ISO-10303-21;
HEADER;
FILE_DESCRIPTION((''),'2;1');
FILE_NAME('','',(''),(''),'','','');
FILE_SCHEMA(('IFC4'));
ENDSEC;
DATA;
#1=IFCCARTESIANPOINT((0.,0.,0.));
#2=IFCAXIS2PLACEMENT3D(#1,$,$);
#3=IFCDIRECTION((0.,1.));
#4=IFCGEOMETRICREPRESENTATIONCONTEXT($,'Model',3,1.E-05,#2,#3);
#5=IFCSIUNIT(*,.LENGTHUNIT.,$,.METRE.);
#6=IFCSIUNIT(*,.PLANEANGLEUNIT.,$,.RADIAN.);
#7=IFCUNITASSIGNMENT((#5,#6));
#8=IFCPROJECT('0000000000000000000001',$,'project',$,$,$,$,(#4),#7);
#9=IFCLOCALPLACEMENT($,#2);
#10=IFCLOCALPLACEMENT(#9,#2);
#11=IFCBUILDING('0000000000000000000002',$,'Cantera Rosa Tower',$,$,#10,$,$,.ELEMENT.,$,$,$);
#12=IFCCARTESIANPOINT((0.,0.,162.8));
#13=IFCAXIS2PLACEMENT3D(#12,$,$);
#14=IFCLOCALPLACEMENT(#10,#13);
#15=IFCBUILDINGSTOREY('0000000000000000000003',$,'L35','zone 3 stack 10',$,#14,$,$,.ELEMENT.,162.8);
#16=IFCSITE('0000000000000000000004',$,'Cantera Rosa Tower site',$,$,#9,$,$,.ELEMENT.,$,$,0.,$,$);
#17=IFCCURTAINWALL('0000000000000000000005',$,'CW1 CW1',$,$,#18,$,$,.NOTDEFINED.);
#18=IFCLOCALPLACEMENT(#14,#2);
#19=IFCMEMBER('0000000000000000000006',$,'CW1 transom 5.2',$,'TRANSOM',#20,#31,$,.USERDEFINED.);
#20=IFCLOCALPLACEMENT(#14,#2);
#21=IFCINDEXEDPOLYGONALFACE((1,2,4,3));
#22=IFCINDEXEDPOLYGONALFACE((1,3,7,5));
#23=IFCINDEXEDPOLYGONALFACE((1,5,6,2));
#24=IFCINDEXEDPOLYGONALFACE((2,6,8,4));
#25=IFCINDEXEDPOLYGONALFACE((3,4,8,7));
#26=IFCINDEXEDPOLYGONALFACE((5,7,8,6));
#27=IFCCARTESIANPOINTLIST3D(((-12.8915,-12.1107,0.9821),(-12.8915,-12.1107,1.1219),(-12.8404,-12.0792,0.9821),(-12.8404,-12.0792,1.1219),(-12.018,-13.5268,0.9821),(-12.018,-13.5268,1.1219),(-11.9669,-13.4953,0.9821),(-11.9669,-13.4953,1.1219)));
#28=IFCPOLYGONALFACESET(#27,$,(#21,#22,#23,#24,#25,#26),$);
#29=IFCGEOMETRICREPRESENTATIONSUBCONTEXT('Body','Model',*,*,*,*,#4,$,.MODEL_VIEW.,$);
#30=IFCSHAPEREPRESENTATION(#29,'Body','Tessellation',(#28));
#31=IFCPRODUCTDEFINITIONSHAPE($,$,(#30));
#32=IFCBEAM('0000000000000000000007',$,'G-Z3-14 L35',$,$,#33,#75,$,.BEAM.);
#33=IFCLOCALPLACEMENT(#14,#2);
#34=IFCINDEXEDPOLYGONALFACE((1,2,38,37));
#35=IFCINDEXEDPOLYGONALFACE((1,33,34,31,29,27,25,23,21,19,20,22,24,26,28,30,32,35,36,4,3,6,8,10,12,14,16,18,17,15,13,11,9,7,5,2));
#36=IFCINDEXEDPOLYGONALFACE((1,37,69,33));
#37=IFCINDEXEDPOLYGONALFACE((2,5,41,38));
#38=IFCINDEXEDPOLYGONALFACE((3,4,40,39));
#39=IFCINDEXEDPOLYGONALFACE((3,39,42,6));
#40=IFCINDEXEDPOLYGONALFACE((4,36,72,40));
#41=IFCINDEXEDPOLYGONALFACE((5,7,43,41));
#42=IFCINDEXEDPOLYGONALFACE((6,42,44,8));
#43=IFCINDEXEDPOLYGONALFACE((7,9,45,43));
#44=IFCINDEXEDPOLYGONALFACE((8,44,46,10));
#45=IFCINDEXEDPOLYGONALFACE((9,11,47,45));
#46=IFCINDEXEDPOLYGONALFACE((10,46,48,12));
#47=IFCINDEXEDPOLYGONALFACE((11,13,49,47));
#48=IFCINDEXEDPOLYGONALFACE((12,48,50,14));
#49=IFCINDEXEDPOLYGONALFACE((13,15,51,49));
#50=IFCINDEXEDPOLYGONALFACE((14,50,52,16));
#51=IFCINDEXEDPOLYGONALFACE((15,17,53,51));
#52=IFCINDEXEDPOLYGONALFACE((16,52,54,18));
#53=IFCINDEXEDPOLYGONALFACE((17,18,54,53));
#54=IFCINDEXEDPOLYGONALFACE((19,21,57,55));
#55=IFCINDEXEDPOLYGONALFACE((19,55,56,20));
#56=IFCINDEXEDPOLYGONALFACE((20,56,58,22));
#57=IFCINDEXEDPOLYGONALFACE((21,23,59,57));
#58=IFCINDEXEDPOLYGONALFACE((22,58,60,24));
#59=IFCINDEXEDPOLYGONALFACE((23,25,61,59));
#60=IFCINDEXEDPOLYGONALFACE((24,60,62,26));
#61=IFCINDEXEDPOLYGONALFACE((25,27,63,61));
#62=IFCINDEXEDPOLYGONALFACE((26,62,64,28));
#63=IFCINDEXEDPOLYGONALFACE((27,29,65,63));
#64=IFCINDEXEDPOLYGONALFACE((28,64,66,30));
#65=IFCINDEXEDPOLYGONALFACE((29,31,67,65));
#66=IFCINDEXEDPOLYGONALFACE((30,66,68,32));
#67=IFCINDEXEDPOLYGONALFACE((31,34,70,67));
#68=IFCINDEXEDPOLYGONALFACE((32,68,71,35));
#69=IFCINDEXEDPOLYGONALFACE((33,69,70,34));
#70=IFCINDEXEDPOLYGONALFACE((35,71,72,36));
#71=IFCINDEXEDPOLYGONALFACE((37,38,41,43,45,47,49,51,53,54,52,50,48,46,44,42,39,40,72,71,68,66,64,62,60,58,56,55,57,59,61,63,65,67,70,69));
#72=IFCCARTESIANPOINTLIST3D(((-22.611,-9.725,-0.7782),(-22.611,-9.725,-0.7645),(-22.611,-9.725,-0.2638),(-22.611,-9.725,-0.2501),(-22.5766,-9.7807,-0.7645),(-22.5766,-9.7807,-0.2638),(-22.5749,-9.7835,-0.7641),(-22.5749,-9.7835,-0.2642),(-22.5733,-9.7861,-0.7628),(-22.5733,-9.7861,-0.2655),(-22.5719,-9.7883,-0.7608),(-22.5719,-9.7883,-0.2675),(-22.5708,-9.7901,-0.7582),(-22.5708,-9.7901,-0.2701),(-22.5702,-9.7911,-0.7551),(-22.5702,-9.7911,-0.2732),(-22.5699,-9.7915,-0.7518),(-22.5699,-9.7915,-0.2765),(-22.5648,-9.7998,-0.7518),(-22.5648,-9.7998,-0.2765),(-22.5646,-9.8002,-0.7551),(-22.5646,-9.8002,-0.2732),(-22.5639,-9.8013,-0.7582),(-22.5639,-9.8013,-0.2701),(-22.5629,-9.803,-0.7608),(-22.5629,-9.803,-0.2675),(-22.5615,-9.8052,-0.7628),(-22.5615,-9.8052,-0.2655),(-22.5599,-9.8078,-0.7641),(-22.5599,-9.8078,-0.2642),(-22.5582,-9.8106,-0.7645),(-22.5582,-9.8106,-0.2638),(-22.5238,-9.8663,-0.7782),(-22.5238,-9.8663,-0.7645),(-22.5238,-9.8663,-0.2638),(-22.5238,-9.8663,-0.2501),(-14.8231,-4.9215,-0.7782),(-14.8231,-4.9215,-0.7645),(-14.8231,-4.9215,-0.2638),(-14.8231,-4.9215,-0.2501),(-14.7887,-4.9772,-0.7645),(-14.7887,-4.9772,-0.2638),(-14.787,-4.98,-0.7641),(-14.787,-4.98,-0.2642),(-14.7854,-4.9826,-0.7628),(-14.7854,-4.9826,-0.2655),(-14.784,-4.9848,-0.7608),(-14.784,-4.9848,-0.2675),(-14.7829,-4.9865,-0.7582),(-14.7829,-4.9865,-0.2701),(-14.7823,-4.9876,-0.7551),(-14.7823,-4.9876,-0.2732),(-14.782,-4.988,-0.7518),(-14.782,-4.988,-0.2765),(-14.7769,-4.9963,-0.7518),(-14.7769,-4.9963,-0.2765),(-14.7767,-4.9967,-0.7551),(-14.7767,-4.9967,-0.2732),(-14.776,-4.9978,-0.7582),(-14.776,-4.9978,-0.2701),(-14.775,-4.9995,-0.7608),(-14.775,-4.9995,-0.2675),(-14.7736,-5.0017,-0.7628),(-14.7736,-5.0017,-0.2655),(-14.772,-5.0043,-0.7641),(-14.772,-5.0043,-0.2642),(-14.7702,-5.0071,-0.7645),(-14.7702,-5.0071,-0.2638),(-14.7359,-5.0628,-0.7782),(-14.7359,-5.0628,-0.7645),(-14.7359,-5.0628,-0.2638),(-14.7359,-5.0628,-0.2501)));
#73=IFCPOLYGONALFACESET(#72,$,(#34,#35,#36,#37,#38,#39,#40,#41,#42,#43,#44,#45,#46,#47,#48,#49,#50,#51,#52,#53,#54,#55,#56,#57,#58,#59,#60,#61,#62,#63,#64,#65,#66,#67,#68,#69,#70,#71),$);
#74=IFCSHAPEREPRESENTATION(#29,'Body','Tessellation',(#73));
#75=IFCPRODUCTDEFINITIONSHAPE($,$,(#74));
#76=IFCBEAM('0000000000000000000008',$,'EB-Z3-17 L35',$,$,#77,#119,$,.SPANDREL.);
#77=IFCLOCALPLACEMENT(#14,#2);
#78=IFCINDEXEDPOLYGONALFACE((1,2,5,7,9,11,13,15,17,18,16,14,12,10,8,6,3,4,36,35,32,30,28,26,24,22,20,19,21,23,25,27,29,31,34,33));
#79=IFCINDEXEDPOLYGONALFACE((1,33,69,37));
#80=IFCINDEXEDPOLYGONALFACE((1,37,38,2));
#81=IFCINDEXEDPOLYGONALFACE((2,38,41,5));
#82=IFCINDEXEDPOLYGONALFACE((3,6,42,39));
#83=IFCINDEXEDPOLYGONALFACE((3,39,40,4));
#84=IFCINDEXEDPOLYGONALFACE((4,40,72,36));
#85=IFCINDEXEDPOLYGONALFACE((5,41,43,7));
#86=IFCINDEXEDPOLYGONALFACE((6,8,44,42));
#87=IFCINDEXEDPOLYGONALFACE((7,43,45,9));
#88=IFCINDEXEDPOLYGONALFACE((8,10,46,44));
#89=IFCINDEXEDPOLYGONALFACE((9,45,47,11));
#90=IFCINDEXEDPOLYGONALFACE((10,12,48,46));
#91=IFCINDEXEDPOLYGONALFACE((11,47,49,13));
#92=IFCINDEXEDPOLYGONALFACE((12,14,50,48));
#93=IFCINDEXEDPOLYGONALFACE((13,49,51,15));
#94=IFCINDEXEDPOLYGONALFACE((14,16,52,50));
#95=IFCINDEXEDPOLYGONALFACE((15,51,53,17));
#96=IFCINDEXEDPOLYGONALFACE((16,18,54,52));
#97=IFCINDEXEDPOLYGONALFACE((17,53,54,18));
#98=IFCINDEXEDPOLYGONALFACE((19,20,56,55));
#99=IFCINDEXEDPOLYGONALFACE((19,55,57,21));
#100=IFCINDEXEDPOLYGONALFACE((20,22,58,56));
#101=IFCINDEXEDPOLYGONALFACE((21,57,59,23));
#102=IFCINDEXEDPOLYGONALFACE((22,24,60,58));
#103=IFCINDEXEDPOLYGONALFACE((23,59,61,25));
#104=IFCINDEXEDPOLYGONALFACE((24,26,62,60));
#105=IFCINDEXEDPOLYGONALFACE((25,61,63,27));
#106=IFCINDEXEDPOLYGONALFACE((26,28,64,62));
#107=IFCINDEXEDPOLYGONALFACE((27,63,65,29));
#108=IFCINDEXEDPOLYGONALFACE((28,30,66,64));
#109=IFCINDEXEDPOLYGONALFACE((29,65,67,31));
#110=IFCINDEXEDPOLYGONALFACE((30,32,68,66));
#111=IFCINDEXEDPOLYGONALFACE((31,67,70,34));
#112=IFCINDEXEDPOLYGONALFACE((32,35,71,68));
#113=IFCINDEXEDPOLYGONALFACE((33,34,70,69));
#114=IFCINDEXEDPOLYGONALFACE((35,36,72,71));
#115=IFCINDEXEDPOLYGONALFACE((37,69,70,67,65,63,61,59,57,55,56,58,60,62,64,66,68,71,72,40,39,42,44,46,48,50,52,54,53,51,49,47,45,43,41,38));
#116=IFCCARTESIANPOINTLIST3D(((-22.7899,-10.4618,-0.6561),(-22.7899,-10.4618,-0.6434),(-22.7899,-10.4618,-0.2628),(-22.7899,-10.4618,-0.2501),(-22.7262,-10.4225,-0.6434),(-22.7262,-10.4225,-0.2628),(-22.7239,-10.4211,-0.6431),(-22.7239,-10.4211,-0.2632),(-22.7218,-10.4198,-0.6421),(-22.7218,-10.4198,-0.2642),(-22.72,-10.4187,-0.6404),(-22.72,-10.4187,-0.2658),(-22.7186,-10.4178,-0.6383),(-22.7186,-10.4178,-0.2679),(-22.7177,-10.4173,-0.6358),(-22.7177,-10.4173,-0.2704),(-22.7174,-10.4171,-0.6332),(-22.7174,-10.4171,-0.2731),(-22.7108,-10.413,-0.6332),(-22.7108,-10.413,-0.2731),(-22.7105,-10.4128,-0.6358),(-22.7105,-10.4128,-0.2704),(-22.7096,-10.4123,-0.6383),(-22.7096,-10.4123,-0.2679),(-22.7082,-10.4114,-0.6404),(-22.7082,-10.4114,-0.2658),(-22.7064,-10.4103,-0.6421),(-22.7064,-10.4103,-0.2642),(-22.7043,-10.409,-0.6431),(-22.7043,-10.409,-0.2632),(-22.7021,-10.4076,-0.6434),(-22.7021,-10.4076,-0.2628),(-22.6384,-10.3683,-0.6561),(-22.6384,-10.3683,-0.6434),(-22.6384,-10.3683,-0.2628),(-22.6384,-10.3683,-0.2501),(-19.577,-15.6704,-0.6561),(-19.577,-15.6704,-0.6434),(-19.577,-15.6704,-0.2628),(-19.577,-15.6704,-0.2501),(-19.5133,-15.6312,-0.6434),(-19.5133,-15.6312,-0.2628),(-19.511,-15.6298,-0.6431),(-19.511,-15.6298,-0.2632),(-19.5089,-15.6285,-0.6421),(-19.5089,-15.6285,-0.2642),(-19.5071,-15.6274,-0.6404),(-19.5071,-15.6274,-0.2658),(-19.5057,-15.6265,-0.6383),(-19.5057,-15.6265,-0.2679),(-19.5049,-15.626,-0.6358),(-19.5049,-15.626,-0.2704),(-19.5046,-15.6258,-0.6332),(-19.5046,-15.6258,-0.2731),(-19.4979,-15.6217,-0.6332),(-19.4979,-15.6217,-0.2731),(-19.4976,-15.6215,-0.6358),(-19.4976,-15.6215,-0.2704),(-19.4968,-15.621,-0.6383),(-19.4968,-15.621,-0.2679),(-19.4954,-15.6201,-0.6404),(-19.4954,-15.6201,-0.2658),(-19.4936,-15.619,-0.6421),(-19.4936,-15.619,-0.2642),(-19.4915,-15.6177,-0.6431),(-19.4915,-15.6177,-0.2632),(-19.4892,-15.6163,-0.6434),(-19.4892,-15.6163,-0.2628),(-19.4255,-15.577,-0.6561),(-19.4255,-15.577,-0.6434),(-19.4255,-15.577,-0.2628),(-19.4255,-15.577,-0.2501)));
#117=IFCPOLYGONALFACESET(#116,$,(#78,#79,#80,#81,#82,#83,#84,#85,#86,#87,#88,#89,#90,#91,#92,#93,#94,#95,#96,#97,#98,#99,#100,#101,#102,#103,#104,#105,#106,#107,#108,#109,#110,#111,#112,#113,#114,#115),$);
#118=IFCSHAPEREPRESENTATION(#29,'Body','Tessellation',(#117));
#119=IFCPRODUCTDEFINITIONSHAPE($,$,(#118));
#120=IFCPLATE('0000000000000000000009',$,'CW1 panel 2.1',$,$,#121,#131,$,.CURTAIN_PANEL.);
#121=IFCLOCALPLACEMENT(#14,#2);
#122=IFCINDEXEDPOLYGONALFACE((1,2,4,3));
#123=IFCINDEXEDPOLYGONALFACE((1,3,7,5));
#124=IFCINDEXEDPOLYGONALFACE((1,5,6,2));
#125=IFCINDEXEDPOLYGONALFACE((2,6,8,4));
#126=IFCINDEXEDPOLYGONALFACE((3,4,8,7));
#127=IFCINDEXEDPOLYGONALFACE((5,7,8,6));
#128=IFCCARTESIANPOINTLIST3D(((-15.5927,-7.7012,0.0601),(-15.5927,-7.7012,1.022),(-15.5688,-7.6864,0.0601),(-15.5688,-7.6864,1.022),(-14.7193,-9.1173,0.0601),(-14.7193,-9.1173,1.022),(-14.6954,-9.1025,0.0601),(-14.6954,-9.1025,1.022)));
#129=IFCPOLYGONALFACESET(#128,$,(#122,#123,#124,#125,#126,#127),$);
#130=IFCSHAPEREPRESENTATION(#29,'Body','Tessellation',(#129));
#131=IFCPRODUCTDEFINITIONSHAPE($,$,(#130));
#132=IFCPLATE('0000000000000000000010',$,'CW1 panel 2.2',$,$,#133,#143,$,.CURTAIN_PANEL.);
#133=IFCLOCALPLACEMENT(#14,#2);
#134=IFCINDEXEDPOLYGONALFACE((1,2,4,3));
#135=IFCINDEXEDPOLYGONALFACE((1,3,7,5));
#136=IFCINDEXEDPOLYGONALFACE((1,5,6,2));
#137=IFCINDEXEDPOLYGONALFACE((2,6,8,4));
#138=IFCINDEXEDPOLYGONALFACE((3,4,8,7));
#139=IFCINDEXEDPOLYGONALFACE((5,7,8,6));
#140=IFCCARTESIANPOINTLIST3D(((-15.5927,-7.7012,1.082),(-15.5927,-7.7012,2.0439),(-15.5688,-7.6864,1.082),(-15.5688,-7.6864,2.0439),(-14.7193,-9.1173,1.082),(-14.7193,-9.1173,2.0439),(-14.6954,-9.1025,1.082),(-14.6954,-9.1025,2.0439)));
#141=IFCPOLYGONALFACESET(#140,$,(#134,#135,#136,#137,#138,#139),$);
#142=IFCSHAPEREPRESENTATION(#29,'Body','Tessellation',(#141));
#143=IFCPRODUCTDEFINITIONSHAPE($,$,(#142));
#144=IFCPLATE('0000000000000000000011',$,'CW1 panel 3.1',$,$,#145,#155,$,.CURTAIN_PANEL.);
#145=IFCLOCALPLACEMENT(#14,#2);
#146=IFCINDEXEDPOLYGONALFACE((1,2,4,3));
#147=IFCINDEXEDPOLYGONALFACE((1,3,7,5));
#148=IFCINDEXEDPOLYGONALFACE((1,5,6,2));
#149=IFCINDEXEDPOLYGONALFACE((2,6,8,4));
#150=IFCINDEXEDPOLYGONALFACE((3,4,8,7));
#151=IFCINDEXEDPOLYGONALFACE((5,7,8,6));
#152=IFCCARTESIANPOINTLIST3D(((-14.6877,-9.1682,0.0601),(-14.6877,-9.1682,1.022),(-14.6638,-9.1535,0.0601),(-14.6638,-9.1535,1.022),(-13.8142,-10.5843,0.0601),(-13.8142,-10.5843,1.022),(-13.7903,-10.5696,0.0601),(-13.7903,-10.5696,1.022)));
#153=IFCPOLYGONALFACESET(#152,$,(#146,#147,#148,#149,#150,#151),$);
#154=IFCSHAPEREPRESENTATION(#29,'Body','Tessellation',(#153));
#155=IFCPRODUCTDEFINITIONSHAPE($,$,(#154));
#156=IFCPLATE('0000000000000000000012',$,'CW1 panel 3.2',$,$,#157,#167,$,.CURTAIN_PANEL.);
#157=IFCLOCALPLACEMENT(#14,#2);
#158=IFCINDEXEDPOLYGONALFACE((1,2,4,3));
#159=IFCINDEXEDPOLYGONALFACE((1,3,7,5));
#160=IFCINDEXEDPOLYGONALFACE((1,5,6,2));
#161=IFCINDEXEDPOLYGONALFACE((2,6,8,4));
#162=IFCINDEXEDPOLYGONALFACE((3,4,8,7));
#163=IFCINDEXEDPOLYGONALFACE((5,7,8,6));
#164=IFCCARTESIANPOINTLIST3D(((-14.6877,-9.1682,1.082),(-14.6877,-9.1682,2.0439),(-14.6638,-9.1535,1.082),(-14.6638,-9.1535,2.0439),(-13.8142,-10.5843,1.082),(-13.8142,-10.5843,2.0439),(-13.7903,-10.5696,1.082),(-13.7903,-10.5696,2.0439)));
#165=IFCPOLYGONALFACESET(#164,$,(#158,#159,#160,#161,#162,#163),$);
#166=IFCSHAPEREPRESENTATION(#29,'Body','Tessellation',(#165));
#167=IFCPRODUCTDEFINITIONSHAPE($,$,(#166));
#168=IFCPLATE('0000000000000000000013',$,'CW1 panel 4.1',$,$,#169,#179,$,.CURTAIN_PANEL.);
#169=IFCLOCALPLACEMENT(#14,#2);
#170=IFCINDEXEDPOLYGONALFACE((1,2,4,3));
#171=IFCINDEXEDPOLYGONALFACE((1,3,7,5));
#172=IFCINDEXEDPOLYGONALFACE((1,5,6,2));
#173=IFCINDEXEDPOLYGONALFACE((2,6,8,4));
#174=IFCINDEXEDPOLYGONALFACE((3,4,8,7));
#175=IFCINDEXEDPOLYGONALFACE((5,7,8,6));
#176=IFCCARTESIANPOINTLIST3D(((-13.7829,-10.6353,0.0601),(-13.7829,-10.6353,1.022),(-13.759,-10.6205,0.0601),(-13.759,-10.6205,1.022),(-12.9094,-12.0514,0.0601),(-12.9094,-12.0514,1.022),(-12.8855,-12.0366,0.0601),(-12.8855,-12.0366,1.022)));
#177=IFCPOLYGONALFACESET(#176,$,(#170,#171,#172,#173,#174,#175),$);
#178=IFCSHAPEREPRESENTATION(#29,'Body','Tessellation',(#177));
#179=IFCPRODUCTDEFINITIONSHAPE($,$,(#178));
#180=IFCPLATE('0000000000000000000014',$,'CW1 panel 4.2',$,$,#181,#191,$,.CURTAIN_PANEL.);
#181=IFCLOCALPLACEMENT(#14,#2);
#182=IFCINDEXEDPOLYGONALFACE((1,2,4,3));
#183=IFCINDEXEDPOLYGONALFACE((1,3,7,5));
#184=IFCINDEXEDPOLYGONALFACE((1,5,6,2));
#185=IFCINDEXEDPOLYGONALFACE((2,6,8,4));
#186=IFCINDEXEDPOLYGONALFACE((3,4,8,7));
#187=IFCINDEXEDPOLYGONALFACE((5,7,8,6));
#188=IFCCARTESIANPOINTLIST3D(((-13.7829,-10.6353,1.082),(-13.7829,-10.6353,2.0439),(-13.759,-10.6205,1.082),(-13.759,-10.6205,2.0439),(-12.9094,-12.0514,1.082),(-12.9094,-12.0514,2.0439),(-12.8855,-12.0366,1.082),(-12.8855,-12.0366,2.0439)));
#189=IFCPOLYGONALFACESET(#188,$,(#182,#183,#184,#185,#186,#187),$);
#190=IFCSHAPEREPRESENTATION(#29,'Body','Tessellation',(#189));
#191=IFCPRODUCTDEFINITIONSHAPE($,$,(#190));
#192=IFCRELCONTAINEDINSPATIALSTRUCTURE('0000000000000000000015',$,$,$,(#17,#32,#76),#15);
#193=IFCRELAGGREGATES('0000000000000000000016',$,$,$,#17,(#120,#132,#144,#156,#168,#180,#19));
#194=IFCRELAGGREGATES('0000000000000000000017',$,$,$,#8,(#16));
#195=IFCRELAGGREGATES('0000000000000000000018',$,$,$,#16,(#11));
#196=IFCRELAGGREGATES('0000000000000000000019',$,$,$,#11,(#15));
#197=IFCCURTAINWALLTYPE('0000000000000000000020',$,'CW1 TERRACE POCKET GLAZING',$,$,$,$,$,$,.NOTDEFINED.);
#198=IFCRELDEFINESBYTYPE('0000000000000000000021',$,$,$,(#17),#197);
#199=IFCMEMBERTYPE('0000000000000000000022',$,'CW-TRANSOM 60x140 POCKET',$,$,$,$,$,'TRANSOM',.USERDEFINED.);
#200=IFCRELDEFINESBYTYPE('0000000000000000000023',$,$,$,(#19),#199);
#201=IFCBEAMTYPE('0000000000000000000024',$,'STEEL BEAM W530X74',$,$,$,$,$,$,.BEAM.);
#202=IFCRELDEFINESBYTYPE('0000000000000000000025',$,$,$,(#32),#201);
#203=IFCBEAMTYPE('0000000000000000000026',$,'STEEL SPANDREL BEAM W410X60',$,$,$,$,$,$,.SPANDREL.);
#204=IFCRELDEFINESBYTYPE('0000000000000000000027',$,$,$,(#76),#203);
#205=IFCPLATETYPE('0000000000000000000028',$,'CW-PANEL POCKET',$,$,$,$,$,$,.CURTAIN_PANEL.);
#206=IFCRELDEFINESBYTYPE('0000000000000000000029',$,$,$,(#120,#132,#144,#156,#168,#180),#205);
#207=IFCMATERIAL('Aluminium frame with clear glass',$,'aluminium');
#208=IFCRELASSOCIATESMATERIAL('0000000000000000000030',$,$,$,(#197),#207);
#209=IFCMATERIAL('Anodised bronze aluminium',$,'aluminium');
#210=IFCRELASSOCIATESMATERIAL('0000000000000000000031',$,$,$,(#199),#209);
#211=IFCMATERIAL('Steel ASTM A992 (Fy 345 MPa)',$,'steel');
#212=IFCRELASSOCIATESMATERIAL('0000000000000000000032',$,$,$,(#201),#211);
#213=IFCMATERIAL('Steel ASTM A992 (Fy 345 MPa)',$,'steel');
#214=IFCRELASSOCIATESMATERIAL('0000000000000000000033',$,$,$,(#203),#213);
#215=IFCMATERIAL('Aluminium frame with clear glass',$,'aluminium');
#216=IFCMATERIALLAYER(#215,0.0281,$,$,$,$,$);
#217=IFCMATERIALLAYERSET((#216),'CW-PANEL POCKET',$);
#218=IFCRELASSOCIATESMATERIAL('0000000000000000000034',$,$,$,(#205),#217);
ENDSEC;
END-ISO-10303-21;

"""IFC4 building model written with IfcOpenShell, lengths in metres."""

from ifc_helpers import new_model, si_unit, direction, frame, origin, origin_2d, place, context, subcontext, project, spatial, rectangle, i_section, extrude, material, layer, layer_set, material_profile, profile_set, type_object, element, aggregate, save


model = new_model("IFC4")

# Units and contexts
model_context = context("Model", 3, precision=1e-05, world=origin(), true_north=direction((0.0, 1.0)))
body_context = subcontext(model_context, "Body", "Model", "MODEL_VIEW")
ifc_project = project(units=[si_unit("LENGTHUNIT", "METRE"), si_unit("PLANEANGLEUNIT", "RADIAN")], contexts=[model_context])

# Site, building, storey
site_placement = place(None, origin())
site = spatial("IfcSite", under=ifc_project, at=site_placement, Name="Cantera Rosa Tower site", CompositionType="ELEMENT", RefElevation=0.0)
building_placement = place(site_placement, origin())
building = spatial("IfcBuilding", under=site, at=building_placement, Name="Cantera Rosa Tower", CompositionType="ELEMENT")
storey_placement = place(building_placement, frame((0.0, 0.0, 162.8)))
storey = spatial("IfcBuildingStorey", under=building, at=storey_placement, Name="L35", Description="zone 3 stack 10", CompositionType="ELEMENT", Elevation=162.8)

# Curtain wall, member
ifc_material_1 = material(Name="Aluminium frame with clear glass", Category="aluminium")
curtain_wall_type = type_object("IfcCurtainWallType", Name="CW1 TERRACE POCKET GLAZING", PredefinedType="NOTDEFINED", material=ifc_material_1)
curtain_wall_placement = place(storey_placement, origin())
curtain_wall = element("IfcCurtainWall", 1, at=curtain_wall_placement, inside=storey, type_object=curtain_wall_type, Name="CW1 CW1", PredefinedType="NOTDEFINED")
ifc_material_2 = material(Name="Anodised bronze aluminium", Category="aluminium")
ifc_material_profile_1 = material_profile(ifc_material_2, rectangle(XDim=0.0601, YDim=0.1399, at=origin_2d()), Name="CW-TRANSOM 60x140 POCKET")
ifc_profile_set_1 = profile_set([ifc_material_profile_1], Name="Anodised bronze aluminium")
member_type_1 = type_object("IfcMemberType", Name="CW-TRANSOM 60x140 POCKET", ElementType="TRANSOM", PredefinedType="USERDEFINED", material=ifc_profile_set_1)
member_1_placement = place(storey_placement, frame((-12.866, -12.095, 1.052), z_axis=(0.52503, -0.851083, 0.0), x_axis=(0.851083, 0.52503, 0.0)))
member_1 = element("IfcMember", 2, at=member_1_placement, type_object=member_type_1, Name="CW1 transom 5.2", ObjectType="TRANSOM", PredefinedType="USERDEFINED", context=body_context, shape_type="SweptSolid", body=[
    extrude(rectangle(XDim=0.0601, YDim=0.1399, at=origin_2d()), origin(), (0.0, 0.0, 1.0), 1.6638),
])

# Beams
ifc_material_3 = material(Name="Steel ASTM A992 (Fy 345 MPa)", Category="steel")
ifc_material_profile_2 = material_profile(ifc_material_3, i_section(OverallWidth=0.166, OverallDepth=0.5281, WebThickness=0.0098, FlangeThickness=0.0137, FilletRadius=0.0127, at=origin_2d()), Name="W530X74")
ifc_profile_set_2 = profile_set([ifc_material_profile_2], Name="Steel ASTM A992 (Fy 345 MPa)")
beam_type_1 = type_object("IfcBeamType", Name="STEEL BEAM W530X74", PredefinedType="BEAM", material=ifc_profile_set_2)
beam_1_placement = place(storey_placement, frame((-22.5674, -9.7957, -0.5142), z_axis=(0.851124, 0.524965, 0.0), x_axis=(-0.524965, 0.851124, 0.0)))
element("IfcBeam", 3, at=beam_1_placement, inside=storey, type_object=beam_type_1, Name="G-Z3-14 L35", PredefinedType="BEAM", context=body_context, shape_type="SweptSolid", body=[
    extrude(i_section(OverallWidth=0.166, OverallDepth=0.5281, WebThickness=0.0098, FlangeThickness=0.0137, FilletRadius=0.0127, at=origin_2d()), origin(), (0.0, 0.0, 1.0), 9.1501),
])
ifc_material_4 = material(Name="Steel ASTM A992 (Fy 345 MPa)", Category="steel")
ifc_material_profile_3 = material_profile(ifc_material_4, i_section(OverallWidth=0.178, OverallDepth=0.406, WebThickness=0.0078, FlangeThickness=0.0127, FilletRadius=0.0103, at=origin_2d()), Name="W410X60")
ifc_profile_set_3 = profile_set([ifc_material_profile_3], Name="Steel ASTM A992 (Fy 345 MPa)")
beam_type_2 = type_object("IfcBeamType", Name="STEEL SPANDREL BEAM W410X60", PredefinedType="SPANDREL", material=ifc_profile_set_3)
beam_2_placement = place(storey_placement, frame((-22.7141, -10.415, -0.4531), z_axis=(0.524987, -0.85111, 0.0), x_axis=(0.85111, 0.524987, 0.0)))
element("IfcBeam", 4, at=beam_2_placement, inside=storey, type_object=beam_type_2, Name="EB-Z3-17 L35", PredefinedType="SPANDREL", context=body_context, shape_type="SweptSolid", body=[
    extrude(i_section(OverallWidth=0.178, OverallDepth=0.406, WebThickness=0.0078, FlangeThickness=0.0127, FilletRadius=0.0103, at=origin_2d()), origin(), (0.0, 0.0, 1.0), 6.1199),
])

# Plates
ifc_material_5 = material(Name="Aluminium frame with clear glass", Category="aluminium")
ifc_layer_1 = layer(ifc_material_5, 0.0281)
ifc_layer_set_1 = layer_set([ifc_layer_1], Name="CW-PANEL POCKET")
plate_type = type_object("IfcPlateType", Name="CW-PANEL POCKET", PredefinedType="CURTAIN_PANEL", material=ifc_layer_set_1)
plate_1_placement = place(storey_placement, frame((-15.144, -8.4019, 0.0601), z_axis=(0.0, 0.0, 1.0), x_axis=(0.524977, -0.851117, 0.0)))
plate_1 = element("IfcPlate", 5, at=plate_1_placement, type_object=plate_type, Name="CW1 panel 2.1", PredefinedType="CURTAIN_PANEL", context=body_context, shape_type="SweptSolid", body=[
    extrude(rectangle(XDim=1.6638, YDim=0.0281, at=origin_2d()), origin(), (0.0, 0.0, 1.0), 0.9619),
])
plate_2_placement = place(storey_placement, frame((-15.144, -8.4019, 1.082), z_axis=(0.0, 0.0, 1.0), x_axis=(0.524977, -0.851117, 0.0)))
plate_2 = element("IfcPlate", 6, at=plate_2_placement, type_object=plate_type, Name="CW1 panel 2.2", PredefinedType="CURTAIN_PANEL", context=body_context, shape_type="SweptSolid", body=[
    extrude(rectangle(XDim=1.6638, YDim=0.0281, at=origin_2d()), origin(), (0.0, 0.0, 1.0), 0.9619),
])
plate_3_placement = place(storey_placement, frame((-14.239, -9.8689, 0.0601), z_axis=(0.0, 0.0, 1.0), x_axis=(0.524977, -0.851117, 0.0)))
plate_3 = element("IfcPlate", 7, at=plate_3_placement, type_object=plate_type, Name="CW1 panel 3.1", PredefinedType="CURTAIN_PANEL", context=body_context, shape_type="SweptSolid", body=[
    extrude(rectangle(XDim=1.6638, YDim=0.0281, at=origin_2d()), origin(), (0.0, 0.0, 1.0), 0.9619),
])
plate_4_placement = place(storey_placement, frame((-14.239, -9.8689, 1.082), z_axis=(0.0, 0.0, 1.0), x_axis=(0.524977, -0.851117, 0.0)))
plate_4 = element("IfcPlate", 8, at=plate_4_placement, type_object=plate_type, Name="CW1 panel 3.2", PredefinedType="CURTAIN_PANEL", context=body_context, shape_type="SweptSolid", body=[
    extrude(rectangle(XDim=1.6638, YDim=0.0281, at=origin_2d()), origin(), (0.0, 0.0, 1.0), 0.9619),
])
plate_5_placement = place(storey_placement, frame((-13.3342, -11.3359, 0.0601), z_axis=(0.0, 0.0, 1.0), x_axis=(0.524977, -0.851117, 0.0)))
plate_5 = element("IfcPlate", 9, at=plate_5_placement, type_object=plate_type, Name="CW1 panel 4.1", PredefinedType="CURTAIN_PANEL", context=body_context, shape_type="SweptSolid", body=[
    extrude(rectangle(XDim=1.6638, YDim=0.0281, at=origin_2d()), origin(), (0.0, 0.0, 1.0), 0.9619),
])
plate_6_placement = place(storey_placement, frame((-13.3342, -11.3359, 1.082), z_axis=(0.0, 0.0, 1.0), x_axis=(0.524977, -0.851117, 0.0)))
plate_6 = element("IfcPlate", 10, at=plate_6_placement, type_object=plate_type, Name="CW1 panel 4.2", PredefinedType="CURTAIN_PANEL", context=body_context, shape_type="SweptSolid", body=[
    extrude(rectangle(XDim=1.6638, YDim=0.0281, at=origin_2d()), origin(), (0.0, 0.0, 1.0), 0.9619),
])
aggregate(curtain_wall, [plate_1, plate_2, plate_3, plate_4, plate_5, plate_6, member_1])

save(model, "model.ifc")
